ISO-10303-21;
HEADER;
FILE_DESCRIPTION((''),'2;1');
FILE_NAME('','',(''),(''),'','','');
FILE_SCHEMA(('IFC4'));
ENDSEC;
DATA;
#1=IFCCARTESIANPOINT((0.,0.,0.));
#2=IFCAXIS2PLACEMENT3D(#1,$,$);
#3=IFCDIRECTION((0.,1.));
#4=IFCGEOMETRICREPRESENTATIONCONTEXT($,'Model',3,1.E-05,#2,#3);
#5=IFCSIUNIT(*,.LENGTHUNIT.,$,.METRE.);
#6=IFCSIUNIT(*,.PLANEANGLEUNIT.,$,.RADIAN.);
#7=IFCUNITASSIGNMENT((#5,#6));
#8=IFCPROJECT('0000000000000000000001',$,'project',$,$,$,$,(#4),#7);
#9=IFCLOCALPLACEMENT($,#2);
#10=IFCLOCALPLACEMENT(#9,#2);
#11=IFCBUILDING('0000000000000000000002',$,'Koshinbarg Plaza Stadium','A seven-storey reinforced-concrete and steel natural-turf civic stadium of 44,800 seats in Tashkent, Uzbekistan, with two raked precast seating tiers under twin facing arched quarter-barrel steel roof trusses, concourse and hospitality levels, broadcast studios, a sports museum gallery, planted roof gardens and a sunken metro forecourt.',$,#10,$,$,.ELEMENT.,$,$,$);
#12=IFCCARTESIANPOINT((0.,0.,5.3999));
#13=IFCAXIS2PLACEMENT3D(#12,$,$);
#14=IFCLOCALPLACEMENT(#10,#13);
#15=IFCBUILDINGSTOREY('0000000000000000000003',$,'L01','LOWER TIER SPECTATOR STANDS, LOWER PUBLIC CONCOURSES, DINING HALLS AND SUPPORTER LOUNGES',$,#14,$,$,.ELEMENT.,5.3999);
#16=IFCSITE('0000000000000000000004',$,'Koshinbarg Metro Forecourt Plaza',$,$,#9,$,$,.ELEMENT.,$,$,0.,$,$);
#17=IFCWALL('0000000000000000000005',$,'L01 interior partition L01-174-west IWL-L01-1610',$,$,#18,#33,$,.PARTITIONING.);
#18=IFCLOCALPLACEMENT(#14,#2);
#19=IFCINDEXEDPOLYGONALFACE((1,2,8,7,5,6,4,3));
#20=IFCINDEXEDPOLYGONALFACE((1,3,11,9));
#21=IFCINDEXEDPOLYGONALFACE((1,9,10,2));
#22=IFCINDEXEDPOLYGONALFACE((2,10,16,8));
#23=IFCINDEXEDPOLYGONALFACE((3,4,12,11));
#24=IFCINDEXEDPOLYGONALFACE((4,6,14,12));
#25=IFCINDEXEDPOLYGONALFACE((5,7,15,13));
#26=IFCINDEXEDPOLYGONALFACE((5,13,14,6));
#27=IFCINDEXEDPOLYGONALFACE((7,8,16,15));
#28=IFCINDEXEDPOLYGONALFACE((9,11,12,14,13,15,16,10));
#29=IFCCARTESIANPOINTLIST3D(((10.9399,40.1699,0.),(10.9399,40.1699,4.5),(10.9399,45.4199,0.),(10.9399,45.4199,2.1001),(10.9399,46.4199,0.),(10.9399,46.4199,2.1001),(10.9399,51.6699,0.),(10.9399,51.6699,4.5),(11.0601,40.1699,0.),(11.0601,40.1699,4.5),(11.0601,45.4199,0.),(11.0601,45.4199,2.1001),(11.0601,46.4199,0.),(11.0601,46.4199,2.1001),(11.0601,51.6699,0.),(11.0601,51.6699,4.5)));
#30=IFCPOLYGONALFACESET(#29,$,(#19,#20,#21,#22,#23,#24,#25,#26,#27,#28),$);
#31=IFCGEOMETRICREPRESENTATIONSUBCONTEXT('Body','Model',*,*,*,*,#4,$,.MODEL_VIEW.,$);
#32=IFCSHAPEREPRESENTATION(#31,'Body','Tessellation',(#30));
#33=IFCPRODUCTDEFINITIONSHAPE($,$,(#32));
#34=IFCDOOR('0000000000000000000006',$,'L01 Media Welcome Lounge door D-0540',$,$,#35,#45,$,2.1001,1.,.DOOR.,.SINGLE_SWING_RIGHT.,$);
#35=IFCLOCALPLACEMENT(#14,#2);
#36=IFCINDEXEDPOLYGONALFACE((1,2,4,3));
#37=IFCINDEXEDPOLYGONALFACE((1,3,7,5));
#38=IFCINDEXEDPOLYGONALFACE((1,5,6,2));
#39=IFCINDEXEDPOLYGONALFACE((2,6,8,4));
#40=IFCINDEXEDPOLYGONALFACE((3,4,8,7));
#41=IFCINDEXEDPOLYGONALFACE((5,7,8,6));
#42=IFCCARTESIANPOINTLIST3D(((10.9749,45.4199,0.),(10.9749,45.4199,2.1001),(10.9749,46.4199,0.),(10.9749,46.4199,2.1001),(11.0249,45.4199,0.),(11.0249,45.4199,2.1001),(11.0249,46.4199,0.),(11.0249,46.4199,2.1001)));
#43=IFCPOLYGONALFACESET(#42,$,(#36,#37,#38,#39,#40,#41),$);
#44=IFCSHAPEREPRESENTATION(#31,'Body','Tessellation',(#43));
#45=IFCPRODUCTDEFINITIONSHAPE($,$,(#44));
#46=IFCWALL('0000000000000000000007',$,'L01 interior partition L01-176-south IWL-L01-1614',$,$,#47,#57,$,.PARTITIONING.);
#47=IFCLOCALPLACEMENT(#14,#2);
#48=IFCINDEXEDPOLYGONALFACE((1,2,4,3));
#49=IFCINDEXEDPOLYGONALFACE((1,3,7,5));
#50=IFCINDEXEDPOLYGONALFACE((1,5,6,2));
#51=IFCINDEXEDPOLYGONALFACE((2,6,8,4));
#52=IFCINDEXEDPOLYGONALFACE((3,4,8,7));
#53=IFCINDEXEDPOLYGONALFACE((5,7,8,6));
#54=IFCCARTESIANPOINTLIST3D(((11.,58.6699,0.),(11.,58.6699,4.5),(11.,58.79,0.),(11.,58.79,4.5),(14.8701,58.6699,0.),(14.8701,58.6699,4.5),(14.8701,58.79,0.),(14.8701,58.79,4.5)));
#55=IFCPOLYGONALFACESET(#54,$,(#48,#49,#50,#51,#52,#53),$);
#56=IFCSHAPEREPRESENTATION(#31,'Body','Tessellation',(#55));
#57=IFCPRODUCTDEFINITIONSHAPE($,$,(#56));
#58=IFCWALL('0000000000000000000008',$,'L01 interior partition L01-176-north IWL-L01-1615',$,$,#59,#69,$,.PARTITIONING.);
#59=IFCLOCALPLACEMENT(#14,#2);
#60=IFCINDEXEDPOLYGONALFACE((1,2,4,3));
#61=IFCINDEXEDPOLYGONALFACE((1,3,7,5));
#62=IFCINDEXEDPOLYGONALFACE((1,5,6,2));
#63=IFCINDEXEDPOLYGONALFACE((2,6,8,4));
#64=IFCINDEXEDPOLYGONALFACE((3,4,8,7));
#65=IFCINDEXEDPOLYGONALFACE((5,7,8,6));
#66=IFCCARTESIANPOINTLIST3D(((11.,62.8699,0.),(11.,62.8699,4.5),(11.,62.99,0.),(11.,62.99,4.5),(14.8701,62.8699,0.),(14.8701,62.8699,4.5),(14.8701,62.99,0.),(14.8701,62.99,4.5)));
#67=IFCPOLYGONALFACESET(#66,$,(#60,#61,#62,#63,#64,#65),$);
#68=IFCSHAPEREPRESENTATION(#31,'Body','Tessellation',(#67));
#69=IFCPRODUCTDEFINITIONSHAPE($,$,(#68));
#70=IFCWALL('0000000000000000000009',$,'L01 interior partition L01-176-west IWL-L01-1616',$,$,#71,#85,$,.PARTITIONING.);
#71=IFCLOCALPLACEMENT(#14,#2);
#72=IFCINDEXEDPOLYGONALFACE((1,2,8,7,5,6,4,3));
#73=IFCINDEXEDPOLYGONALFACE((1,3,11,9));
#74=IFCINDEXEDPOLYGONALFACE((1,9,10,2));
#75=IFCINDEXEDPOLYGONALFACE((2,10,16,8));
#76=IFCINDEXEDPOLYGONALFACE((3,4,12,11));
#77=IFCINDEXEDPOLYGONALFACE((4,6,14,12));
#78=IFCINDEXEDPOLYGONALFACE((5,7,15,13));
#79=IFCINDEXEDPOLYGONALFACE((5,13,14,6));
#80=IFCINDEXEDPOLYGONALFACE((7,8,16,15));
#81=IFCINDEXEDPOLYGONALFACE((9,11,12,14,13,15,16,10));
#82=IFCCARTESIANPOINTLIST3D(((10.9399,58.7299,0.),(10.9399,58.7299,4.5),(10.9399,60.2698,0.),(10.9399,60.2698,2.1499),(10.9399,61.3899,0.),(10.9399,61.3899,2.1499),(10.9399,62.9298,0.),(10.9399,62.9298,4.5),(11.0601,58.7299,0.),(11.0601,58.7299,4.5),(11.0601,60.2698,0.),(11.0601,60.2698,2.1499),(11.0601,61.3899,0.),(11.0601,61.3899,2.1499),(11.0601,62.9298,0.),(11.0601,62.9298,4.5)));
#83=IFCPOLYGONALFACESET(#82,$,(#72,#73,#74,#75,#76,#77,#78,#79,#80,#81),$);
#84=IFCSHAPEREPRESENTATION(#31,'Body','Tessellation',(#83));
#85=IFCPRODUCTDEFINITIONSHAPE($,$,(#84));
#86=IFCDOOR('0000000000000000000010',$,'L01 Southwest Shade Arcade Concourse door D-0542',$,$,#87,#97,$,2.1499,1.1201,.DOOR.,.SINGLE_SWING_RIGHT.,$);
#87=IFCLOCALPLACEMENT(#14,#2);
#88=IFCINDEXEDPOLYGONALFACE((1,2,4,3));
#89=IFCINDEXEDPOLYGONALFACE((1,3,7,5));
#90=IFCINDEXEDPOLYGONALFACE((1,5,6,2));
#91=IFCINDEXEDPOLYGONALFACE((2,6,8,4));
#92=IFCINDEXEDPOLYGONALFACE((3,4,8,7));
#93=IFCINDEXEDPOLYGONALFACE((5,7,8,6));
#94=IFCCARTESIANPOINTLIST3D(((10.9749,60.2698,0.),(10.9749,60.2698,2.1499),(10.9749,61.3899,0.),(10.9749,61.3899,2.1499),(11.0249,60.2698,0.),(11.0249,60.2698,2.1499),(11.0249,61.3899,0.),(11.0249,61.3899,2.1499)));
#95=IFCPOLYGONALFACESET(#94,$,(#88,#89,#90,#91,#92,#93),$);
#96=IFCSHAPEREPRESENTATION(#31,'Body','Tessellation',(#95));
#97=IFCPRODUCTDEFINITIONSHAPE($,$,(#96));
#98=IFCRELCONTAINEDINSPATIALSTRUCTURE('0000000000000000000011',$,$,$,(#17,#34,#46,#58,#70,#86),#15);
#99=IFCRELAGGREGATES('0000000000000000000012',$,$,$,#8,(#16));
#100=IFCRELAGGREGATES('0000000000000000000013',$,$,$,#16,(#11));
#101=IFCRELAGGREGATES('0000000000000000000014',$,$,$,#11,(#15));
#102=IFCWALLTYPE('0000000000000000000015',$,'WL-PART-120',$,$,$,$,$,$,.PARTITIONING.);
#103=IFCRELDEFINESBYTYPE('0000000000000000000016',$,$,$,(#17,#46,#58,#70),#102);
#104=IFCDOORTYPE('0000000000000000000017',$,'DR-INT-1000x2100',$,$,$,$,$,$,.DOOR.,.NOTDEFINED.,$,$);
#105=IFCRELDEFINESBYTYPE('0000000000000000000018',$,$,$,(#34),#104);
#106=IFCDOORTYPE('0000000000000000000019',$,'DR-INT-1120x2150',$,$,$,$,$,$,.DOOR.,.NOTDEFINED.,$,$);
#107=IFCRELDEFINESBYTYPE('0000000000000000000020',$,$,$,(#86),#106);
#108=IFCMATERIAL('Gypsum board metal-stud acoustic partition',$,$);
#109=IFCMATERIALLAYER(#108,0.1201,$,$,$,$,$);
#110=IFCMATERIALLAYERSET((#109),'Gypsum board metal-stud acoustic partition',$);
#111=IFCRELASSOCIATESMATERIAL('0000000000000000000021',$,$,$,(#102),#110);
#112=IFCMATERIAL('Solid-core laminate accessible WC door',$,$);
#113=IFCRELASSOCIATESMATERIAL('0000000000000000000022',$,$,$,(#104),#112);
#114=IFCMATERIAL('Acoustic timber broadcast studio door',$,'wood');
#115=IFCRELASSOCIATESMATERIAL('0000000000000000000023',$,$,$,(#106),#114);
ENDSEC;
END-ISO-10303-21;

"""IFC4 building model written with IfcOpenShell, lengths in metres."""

from ifc_helpers import new_model, si_unit, direction, frame, frame_2d, origin, place, context, subcontext, project, spatial, rectangle, extrude, material, layer, layer_set, type_object, element, fill, save


model = new_model("IFC4")

# Units and contexts
model_context = context("Model", 3, precision=1e-05, world=origin(), true_north=direction((0.0, 1.0)))
body_context = subcontext(model_context, "Body", "Model", "MODEL_VIEW")
ifc_project = project(units=[si_unit("LENGTHUNIT", "METRE"), si_unit("PLANEANGLEUNIT", "RADIAN")], contexts=[model_context])

# Site, building, storey
site_placement = place(None, origin())
site = spatial("IfcSite", under=ifc_project, at=site_placement, Name="Koshinbarg Metro Forecourt Plaza", CompositionType="ELEMENT", RefElevation=0.0)
building_placement = place(site_placement, origin())
building = spatial("IfcBuilding", under=site, at=building_placement, Name="Koshinbarg Plaza Stadium", Description="A seven-storey reinforced-concrete and steel natural-turf civic stadium of 44,800 seats in Tashkent, Uzbekistan, with two raked precast seating tiers under twin facing arched quarter-barrel steel roof trusses, concourse and hospitality levels, broadcast studios, a sports museum gallery, planted roof gardens and a sunken metro forecourt.", CompositionType="ELEMENT")
storey_placement = place(building_placement, frame((0.0, 0.0, 5.3999)))
storey = spatial("IfcBuildingStorey", under=building, at=storey_placement, Name="L01", Description="LOWER TIER SPECTATOR STANDS, LOWER PUBLIC CONCOURSES, DINING HALLS AND SUPPORTER LOUNGES", CompositionType="ELEMENT", Elevation=5.3999)

# Shared definitions
ifc_material_1 = material(Name="Gypsum board metal-stud acoustic partition")
ifc_layer_1 = layer(ifc_material_1, 0.1201)
ifc_layer_set_1 = layer_set([ifc_layer_1], Name="Gypsum board metal-stud acoustic partition")
wall_type_1 = type_object("IfcWallType", Name="WL-PART-120", PredefinedType="PARTITIONING", material=ifc_layer_set_1)

# Wall, opening, door
wall_1_placement = place(storey_placement, frame((11.0, 51.6699, 0.0), z_axis=(0.0, 0.0, 1.0), x_axis=(0.0, -1.0, 0.0)))
wall_1 = element("IfcWall", 1, at=wall_1_placement, inside=storey, type_object=wall_type_1, Name="L01 interior partition L01-174-west IWL-L01-1610", PredefinedType="PARTITIONING", context=body_context, shape_type="SweptSolid", body=[
    extrude(rectangle(XDim=11.5, YDim=0.1201, at=frame_2d((5.75, 0.0))), origin(), (0.0, 0.0, 1.0), 4.5),
])
opening_1_placement = place(wall_1_placement, frame((5.25, 0.0, 0.0)))
opening_1 = element("IfcOpeningElement", 2, at=opening_1_placement, cuts=wall_1, PredefinedType="OPENING", context=body_context, shape_type="SweptSolid", body=[
    extrude(rectangle(XDim=1.0, YDim=2.1001, at=frame_2d((0.5, 1.05))), frame((0.0, 0.0701, 0.0), z_axis=(0.0, -1.0, 0.0), x_axis=(1.0, 0.0, 0.0)), (0.0, 0.0, 1.0), 0.1401),
])
ifc_material_2 = material(Name="Solid-core laminate accessible WC door")
door_type_1 = type_object("IfcDoorType", Name="DR-INT-1000x2100", OperationType="NOTDEFINED", PredefinedType="DOOR", material=ifc_material_2)
door_1_placement = place(opening_1_placement, origin())
door_1 = element("IfcDoor", 3, at=door_1_placement, inside=storey, type_object=door_type_1, Name="L01 Media Welcome Lounge door D-0540", OperationType="SINGLE_SWING_RIGHT", OverallHeight=2.1001, OverallWidth=1.0, PredefinedType="DOOR", context=body_context, shape_type="SweptSolid", body=[
    extrude(rectangle(XDim=1.0, YDim=2.1001, at=frame_2d((0.5, 1.05))), frame((0.0, 0.0249, 0.0), z_axis=(0.0, -1.0, 0.0), x_axis=(1.0, 0.0, 0.0)), (0.0, 0.0, 1.0), 0.05),
])
fill(opening_1, door_1)

# Walls
for number, where, z_axis, x_axis, name in (
    (4, (11.0, 58.73, 0.0), (0.0, 0.0, 1.0), (1.0, 0.0, 0.0), "L01 interior partition L01-176-south IWL-L01-1614"),
    (5, (14.8701, 62.9299, 0.0), (0.0, 0.0, 1.0), (-1.0, 0.0, 0.0), "L01 interior partition L01-176-north IWL-L01-1615"),
):
    element("IfcWall", number, at=place(storey_placement, frame(where, z_axis=z_axis, x_axis=x_axis)), inside=storey, type_object=wall_type_1, Name=name, PredefinedType="PARTITIONING", context=body_context, shape_type="SweptSolid", body=[
        extrude(rectangle(XDim=3.8701, YDim=0.1201, at=frame_2d((1.9351, 0.0))), origin(), (0.0, 0.0, 1.0), 4.5),
    ])

# Wall, opening, door
wall_2_placement = place(storey_placement, frame((11.0, 62.9299, 0.0), z_axis=(0.0, 0.0, 1.0), x_axis=(0.0, -1.0, 0.0)))
wall_2 = element("IfcWall", 6, at=wall_2_placement, inside=storey, type_object=wall_type_1, Name="L01 interior partition L01-176-west IWL-L01-1616", PredefinedType="PARTITIONING", context=body_context, shape_type="SweptSolid", body=[
    extrude(rectangle(XDim=4.2, YDim=0.1201, at=frame_2d((2.1001, 0.0))), origin(), (0.0, 0.0, 1.0), 4.5),
])
opening_2_placement = place(wall_2_placement, frame((1.54, 0.0, 0.0)))
opening_2 = element("IfcOpeningElement", 7, at=opening_2_placement, cuts=wall_2, PredefinedType="OPENING", context=body_context, shape_type="SweptSolid", body=[
    extrude(rectangle(XDim=1.1201, YDim=2.1499, at=frame_2d((0.5601, 1.075))), frame((0.0, 0.0701, 0.0), z_axis=(0.0, -1.0, 0.0), x_axis=(1.0, 0.0, 0.0)), (0.0, 0.0, 1.0), 0.1401),
])
ifc_material_3 = material(Name="Acoustic timber broadcast studio door", Category="wood")
door_type_2 = type_object("IfcDoorType", Name="DR-INT-1120x2150", OperationType="NOTDEFINED", PredefinedType="DOOR", material=ifc_material_3)
door_2_placement = place(opening_2_placement, origin())
door_2 = element("IfcDoor", 8, at=door_2_placement, inside=storey, type_object=door_type_2, Name="L01 Southwest Shade Arcade Concourse door D-0542", OperationType="SINGLE_SWING_RIGHT", OverallHeight=2.1499, OverallWidth=1.1201, PredefinedType="DOOR", context=body_context, shape_type="SweptSolid", body=[
    extrude(rectangle(XDim=1.1201, YDim=2.1499, at=frame_2d((0.5601, 1.075))), frame((0.0, 0.0249, 0.0), z_axis=(0.0, -1.0, 0.0), x_axis=(1.0, 0.0, 0.0)), (0.0, 0.0, 1.0), 0.05),
])
fill(opening_2, door_2)

save(model, "model.ifc")
